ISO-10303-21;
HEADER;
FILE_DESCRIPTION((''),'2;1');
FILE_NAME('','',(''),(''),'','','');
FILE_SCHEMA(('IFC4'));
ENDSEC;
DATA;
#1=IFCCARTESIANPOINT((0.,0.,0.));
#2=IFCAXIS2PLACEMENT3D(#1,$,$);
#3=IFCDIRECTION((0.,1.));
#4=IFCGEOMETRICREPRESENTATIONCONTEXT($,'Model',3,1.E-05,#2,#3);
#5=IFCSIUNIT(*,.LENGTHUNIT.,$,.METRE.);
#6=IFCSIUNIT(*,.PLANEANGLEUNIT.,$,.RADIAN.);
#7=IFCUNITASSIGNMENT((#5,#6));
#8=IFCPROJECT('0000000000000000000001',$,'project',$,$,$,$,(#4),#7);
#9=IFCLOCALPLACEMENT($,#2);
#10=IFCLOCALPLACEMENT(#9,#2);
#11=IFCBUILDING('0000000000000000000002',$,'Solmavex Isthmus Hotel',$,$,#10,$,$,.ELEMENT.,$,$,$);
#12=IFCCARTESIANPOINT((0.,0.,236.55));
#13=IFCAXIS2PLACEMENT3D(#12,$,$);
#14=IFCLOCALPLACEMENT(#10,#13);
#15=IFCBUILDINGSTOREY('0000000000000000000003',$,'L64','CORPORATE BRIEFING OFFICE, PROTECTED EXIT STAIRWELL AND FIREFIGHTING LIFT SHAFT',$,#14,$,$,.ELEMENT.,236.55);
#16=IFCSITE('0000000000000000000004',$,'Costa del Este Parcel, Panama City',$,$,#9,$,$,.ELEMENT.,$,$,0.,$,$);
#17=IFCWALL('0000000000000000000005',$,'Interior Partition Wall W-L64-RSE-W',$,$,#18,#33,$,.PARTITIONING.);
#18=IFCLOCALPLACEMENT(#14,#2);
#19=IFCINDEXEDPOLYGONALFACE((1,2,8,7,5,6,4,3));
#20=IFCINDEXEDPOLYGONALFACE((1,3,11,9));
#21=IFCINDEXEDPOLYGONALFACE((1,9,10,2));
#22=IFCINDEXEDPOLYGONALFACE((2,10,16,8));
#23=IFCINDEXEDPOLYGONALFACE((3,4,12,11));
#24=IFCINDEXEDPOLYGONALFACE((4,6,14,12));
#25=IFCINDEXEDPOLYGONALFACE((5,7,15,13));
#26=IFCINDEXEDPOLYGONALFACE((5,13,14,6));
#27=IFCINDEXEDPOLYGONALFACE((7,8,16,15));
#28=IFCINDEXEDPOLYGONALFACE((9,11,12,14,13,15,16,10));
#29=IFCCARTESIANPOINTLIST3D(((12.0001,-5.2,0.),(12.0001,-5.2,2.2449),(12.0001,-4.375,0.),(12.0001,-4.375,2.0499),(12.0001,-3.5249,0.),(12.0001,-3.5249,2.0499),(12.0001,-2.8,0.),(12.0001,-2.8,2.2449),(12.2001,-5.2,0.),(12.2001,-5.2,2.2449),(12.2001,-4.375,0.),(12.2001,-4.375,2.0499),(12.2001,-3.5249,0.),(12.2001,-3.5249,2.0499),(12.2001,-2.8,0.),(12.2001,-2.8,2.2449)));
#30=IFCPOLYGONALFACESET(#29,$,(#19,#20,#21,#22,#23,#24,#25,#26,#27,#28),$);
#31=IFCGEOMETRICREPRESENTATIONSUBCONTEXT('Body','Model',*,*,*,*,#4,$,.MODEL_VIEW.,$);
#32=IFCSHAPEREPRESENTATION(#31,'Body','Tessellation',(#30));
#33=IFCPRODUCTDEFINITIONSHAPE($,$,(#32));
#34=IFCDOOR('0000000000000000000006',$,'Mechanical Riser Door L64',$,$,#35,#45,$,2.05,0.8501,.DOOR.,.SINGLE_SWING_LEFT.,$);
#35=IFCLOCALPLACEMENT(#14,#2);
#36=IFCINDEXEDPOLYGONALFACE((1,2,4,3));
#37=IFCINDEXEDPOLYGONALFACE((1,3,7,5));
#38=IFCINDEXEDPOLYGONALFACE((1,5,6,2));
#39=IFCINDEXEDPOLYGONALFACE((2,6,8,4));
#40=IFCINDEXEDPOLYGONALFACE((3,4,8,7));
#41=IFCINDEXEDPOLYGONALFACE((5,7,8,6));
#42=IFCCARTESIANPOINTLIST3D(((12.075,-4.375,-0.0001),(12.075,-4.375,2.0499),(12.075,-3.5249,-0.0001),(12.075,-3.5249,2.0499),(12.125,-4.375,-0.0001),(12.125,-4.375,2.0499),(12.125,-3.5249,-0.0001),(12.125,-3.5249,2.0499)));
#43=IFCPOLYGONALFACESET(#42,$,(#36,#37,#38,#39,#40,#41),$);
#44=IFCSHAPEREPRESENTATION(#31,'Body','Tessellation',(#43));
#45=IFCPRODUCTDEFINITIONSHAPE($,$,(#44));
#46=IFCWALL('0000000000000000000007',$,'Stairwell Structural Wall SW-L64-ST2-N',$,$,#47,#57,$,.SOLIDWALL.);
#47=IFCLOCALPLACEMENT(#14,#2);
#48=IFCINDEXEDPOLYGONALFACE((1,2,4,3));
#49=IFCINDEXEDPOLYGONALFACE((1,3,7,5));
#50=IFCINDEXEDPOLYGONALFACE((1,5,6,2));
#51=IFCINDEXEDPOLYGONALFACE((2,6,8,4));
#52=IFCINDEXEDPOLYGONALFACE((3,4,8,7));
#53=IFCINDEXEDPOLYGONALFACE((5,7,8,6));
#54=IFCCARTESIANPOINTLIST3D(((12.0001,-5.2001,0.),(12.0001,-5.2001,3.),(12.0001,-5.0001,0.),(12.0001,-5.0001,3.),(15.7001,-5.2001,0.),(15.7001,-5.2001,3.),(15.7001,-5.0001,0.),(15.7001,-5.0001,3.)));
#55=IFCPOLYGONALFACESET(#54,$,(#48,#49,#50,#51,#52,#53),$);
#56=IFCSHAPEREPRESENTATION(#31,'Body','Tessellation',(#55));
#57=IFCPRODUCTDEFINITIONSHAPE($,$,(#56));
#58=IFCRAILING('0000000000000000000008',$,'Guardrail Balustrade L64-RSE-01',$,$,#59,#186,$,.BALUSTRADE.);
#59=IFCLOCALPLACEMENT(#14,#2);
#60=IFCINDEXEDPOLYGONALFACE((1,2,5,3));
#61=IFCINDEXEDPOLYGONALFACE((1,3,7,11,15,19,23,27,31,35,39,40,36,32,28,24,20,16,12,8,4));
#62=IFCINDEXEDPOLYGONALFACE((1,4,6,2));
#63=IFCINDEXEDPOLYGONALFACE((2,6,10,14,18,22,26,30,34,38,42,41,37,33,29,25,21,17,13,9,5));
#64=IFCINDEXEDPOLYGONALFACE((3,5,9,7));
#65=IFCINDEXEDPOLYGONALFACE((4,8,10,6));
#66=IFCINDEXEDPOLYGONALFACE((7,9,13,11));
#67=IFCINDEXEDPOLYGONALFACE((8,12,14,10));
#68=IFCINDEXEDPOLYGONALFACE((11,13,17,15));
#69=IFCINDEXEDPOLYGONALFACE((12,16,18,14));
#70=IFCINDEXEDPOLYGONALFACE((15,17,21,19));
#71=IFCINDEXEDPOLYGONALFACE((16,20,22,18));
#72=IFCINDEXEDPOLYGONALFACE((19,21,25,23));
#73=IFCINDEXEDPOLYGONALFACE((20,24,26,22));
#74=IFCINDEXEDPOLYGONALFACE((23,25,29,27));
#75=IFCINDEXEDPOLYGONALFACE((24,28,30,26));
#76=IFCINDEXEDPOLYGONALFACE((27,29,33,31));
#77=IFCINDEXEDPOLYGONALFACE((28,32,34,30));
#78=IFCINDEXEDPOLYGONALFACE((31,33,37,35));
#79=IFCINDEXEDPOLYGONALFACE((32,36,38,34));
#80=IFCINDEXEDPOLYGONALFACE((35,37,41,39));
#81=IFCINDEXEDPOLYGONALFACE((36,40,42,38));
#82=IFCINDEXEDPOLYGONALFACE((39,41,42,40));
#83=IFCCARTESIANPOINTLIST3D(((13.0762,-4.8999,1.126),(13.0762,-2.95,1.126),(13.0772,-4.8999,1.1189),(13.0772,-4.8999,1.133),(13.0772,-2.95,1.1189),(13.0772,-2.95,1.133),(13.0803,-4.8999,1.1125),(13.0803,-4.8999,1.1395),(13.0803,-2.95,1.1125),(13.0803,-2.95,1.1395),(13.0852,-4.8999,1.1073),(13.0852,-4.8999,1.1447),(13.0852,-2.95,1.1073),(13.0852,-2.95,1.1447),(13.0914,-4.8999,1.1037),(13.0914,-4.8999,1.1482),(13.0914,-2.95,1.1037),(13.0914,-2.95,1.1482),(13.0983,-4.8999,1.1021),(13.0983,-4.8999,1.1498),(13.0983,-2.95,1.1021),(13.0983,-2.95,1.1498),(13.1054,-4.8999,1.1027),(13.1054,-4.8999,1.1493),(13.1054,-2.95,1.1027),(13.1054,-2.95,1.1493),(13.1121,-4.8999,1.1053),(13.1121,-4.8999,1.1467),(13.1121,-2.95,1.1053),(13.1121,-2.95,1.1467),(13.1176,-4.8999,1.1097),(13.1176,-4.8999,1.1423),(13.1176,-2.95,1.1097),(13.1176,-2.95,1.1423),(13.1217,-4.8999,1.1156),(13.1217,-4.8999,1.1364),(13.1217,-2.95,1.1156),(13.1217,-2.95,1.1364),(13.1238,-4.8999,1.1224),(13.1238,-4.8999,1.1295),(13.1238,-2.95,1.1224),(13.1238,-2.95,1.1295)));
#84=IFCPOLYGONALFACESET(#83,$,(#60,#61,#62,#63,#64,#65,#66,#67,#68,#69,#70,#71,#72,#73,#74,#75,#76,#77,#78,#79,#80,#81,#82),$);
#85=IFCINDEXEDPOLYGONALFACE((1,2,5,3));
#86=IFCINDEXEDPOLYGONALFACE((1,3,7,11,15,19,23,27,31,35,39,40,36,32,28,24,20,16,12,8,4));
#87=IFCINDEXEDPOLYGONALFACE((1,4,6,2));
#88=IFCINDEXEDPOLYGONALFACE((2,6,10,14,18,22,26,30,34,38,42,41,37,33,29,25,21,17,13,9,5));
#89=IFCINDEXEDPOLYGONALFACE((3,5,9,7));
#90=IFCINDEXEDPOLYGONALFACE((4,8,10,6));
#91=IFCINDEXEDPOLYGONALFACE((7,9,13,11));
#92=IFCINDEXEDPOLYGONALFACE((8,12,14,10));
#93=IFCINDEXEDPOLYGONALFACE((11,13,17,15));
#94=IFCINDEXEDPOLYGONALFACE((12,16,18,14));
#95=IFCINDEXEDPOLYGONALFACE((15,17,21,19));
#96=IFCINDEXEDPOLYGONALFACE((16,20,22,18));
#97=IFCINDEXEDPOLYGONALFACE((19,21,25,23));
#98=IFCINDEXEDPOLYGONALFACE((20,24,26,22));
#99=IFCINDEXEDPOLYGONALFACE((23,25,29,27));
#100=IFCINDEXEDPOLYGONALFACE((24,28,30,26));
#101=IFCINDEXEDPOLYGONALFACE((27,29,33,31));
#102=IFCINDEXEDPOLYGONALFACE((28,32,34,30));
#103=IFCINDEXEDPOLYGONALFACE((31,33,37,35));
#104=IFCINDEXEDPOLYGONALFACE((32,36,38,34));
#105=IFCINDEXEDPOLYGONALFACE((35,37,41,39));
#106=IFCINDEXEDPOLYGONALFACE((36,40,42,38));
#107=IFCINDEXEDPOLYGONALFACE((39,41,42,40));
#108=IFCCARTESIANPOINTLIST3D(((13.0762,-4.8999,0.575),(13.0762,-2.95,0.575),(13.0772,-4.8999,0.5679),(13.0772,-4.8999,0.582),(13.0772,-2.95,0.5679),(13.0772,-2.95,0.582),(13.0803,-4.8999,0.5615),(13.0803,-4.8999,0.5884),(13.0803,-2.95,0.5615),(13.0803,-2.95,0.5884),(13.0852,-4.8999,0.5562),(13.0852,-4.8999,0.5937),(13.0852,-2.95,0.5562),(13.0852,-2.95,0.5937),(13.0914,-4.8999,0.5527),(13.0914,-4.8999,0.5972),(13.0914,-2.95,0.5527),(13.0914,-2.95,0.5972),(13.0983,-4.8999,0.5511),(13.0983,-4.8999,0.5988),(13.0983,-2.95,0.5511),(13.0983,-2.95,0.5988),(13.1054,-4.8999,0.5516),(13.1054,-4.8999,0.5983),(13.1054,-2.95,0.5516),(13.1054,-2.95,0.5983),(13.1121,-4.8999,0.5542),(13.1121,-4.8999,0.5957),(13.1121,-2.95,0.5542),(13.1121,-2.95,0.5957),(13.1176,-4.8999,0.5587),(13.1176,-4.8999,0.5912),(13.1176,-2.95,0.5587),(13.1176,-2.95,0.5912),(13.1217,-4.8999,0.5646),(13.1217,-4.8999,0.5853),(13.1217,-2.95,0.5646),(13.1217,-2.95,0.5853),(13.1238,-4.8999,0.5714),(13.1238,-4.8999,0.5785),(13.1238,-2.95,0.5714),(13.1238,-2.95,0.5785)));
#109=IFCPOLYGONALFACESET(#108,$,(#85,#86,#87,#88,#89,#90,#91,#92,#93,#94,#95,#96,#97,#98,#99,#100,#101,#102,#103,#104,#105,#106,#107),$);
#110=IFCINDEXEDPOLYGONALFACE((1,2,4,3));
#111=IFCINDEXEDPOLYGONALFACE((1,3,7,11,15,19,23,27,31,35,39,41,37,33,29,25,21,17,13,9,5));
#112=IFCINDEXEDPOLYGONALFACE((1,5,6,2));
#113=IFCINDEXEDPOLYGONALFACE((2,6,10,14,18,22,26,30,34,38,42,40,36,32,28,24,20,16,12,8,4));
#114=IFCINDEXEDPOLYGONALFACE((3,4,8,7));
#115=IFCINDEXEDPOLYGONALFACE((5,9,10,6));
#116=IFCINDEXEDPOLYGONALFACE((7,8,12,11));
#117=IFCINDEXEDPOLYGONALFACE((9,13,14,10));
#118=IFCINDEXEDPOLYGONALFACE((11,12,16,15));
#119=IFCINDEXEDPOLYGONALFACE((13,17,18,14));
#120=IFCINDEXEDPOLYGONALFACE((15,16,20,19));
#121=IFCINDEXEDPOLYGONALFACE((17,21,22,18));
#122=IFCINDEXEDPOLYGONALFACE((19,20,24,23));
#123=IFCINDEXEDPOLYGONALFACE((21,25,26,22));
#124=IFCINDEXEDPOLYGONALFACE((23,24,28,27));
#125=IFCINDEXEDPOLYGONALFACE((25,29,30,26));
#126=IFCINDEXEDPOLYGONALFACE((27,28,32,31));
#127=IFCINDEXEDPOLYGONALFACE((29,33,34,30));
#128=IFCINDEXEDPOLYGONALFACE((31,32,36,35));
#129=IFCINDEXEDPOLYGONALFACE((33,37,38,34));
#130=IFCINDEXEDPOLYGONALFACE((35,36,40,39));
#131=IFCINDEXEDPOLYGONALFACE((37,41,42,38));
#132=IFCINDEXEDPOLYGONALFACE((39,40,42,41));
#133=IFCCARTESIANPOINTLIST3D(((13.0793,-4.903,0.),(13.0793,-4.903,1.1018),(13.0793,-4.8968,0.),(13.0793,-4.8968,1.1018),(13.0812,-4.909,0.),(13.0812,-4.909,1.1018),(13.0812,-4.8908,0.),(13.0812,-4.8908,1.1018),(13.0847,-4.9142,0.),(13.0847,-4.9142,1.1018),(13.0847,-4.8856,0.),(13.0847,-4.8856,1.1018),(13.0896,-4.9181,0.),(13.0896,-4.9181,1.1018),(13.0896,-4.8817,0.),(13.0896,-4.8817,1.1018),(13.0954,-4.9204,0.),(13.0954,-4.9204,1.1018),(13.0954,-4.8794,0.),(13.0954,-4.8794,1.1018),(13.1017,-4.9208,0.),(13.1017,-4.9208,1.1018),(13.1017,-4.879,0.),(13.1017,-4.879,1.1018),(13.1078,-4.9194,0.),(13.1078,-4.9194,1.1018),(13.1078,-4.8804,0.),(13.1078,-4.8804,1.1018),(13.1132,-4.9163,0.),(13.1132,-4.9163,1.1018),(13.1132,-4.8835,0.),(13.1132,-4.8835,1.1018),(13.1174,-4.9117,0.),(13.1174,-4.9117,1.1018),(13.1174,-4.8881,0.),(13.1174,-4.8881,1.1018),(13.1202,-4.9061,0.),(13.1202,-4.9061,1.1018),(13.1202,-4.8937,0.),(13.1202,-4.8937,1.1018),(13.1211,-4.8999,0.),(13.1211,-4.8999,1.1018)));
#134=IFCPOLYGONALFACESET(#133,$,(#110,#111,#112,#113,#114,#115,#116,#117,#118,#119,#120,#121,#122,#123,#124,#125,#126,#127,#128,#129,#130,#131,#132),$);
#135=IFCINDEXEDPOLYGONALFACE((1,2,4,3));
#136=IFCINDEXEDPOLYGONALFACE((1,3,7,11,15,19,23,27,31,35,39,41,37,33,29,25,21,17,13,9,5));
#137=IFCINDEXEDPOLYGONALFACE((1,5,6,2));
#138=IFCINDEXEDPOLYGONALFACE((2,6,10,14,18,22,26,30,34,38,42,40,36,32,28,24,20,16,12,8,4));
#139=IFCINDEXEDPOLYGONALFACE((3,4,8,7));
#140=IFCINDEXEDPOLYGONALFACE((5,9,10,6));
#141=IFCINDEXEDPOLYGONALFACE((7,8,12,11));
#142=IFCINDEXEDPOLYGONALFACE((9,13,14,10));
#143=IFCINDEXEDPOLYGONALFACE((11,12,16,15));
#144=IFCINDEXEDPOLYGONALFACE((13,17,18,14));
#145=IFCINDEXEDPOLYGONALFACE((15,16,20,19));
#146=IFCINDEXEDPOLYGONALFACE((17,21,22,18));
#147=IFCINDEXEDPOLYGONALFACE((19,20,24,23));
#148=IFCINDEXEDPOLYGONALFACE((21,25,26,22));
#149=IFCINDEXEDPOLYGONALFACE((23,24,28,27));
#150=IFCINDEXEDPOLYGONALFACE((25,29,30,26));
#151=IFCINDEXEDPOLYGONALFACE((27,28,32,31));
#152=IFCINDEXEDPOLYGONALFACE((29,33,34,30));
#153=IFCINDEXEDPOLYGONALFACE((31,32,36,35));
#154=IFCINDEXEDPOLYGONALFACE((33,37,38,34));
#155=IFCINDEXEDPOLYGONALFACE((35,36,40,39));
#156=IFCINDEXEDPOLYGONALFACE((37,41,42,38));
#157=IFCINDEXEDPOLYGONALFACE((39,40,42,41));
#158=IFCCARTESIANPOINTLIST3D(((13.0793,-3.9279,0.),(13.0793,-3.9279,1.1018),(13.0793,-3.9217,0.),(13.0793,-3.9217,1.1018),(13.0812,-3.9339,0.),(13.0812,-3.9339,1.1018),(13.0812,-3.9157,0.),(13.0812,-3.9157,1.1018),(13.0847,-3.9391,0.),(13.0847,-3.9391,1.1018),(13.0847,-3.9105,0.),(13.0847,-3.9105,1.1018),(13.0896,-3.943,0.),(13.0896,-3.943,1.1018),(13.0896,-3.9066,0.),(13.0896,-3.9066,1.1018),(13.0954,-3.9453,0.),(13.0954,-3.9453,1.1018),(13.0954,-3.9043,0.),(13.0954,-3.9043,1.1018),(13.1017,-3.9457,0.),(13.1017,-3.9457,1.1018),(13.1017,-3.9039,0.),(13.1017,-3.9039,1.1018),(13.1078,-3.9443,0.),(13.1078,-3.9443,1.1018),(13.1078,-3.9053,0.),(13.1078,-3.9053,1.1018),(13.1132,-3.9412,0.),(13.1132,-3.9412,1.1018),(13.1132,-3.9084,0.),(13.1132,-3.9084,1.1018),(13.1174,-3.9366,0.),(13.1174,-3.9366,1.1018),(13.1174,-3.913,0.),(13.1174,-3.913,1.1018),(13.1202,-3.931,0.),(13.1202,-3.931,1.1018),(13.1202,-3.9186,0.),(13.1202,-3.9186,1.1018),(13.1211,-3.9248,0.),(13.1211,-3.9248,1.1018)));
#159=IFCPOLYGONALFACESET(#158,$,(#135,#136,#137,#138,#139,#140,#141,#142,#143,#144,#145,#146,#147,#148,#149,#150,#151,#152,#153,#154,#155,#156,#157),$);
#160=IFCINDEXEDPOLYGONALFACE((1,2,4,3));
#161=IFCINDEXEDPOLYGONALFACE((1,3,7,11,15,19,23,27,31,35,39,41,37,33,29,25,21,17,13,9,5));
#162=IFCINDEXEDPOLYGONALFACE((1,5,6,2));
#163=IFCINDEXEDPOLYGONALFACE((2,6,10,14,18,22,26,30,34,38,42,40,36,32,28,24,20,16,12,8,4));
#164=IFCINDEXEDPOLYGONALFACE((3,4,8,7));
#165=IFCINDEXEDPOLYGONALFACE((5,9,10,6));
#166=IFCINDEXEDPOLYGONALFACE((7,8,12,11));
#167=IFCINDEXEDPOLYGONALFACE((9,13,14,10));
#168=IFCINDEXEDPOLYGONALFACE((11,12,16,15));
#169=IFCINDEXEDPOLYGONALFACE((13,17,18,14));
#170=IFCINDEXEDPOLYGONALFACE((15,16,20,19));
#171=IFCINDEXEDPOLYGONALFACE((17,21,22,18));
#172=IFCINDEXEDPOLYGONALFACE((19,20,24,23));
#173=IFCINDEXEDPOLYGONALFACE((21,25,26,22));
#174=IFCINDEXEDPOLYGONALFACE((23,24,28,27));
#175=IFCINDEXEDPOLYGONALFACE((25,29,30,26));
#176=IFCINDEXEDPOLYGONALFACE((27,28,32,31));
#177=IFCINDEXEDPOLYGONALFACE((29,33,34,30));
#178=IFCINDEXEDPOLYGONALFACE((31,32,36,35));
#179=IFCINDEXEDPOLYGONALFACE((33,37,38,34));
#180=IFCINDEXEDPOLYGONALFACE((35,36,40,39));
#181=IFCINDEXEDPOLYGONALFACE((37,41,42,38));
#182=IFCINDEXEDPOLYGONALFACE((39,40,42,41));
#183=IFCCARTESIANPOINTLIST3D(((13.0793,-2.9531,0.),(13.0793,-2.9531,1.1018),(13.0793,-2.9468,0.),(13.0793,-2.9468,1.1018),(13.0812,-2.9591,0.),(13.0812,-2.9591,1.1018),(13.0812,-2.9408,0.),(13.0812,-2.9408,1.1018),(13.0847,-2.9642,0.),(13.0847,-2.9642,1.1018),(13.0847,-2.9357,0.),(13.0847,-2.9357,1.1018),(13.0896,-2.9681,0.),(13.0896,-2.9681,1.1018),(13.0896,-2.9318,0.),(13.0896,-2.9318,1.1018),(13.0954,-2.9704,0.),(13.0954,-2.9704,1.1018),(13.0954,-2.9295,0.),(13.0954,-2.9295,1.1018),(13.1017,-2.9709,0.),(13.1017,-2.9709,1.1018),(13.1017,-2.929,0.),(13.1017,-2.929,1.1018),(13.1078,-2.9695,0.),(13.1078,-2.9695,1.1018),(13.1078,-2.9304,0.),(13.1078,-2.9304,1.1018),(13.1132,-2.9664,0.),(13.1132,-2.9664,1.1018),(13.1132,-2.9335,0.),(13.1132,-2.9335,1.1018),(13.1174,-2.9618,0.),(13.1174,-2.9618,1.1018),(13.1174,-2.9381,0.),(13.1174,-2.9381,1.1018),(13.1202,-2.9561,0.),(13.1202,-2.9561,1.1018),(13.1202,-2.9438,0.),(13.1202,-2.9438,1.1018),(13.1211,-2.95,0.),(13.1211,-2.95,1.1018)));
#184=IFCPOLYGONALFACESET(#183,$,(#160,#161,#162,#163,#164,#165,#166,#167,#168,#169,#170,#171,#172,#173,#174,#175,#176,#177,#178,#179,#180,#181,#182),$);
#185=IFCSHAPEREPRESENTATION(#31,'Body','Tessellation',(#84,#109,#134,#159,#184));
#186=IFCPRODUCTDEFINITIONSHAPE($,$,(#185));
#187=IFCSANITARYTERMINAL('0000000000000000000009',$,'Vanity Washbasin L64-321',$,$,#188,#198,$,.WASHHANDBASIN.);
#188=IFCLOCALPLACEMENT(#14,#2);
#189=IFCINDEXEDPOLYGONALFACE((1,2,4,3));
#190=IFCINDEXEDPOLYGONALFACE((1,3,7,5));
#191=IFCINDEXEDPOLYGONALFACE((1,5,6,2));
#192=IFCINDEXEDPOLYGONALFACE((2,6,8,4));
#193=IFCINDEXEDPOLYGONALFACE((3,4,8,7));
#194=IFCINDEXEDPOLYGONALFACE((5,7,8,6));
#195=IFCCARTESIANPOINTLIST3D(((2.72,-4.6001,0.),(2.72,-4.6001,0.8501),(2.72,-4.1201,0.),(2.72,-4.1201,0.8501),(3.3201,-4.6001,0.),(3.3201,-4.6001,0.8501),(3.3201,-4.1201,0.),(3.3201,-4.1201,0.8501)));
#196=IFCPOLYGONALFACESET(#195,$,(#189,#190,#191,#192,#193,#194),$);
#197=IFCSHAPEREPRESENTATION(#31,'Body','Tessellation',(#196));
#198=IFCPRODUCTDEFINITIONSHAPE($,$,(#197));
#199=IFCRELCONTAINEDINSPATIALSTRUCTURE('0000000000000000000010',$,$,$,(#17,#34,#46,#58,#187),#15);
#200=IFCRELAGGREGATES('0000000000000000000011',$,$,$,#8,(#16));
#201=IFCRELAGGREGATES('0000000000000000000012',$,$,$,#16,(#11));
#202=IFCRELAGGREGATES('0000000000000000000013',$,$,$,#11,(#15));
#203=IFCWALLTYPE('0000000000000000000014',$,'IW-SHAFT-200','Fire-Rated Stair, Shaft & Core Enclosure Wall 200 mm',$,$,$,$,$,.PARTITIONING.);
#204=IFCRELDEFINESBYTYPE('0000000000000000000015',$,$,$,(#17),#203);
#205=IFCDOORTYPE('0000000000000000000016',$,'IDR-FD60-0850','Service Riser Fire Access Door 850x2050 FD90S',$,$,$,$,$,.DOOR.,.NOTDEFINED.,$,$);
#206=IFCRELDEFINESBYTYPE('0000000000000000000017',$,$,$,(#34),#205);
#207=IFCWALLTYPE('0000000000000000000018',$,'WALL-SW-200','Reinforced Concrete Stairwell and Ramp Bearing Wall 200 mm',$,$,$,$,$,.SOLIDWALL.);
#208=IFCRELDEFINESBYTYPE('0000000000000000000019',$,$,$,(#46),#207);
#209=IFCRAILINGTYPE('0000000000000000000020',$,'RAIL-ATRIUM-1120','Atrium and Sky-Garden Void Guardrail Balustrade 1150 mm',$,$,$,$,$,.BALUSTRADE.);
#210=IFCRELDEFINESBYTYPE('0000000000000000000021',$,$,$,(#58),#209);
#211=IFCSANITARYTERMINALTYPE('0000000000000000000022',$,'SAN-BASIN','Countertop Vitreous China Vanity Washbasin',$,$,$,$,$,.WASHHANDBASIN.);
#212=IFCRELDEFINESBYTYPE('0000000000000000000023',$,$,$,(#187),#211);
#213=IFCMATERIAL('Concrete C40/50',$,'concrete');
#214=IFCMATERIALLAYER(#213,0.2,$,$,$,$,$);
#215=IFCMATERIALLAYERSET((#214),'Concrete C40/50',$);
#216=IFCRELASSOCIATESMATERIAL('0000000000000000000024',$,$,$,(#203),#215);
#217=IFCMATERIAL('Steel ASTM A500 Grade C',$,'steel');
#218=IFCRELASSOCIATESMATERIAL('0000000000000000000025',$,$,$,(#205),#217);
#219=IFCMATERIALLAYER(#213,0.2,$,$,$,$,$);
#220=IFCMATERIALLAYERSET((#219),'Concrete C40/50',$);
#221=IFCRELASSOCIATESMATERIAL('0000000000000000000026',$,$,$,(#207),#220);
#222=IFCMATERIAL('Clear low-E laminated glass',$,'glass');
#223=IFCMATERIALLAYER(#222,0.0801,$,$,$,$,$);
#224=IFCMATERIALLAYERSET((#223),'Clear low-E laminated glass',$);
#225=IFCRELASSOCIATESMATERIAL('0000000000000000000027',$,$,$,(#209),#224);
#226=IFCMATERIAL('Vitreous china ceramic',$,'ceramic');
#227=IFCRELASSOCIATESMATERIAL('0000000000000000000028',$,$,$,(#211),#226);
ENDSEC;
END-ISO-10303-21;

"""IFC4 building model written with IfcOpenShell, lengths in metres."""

from ifc_helpers import new_model, si_unit, direction, frame, frame_2d, origin, origin_2d, place, context, subcontext, project, spatial, rectangle, circle, extrude, material, layer, layer_set, type_object, element, fill, save


model = new_model("IFC4")

# Units and contexts
model_context = context("Model", 3, precision=1e-05, world=origin(), true_north=direction((0.0, 1.0)))
body_context = subcontext(model_context, "Body", "Model", "MODEL_VIEW")
ifc_project = project(units=[si_unit("LENGTHUNIT", "METRE"), si_unit("PLANEANGLEUNIT", "RADIAN")], contexts=[model_context])

# Site, building, storey
site_placement = place(None, origin())
site = spatial("IfcSite", under=ifc_project, at=site_placement, Name="Costa del Este Parcel, Panama City", CompositionType="ELEMENT", RefElevation=0.0)
building_placement = place(site_placement, origin())
building = spatial("IfcBuilding", under=site, at=building_placement, Name="Solmavex Isthmus Hotel", CompositionType="ELEMENT")
storey_placement = place(building_placement, frame((0.0, 0.0, 236.55)))
storey = spatial("IfcBuildingStorey", under=building, at=storey_placement, Name="L64", Description="CORPORATE BRIEFING OFFICE, PROTECTED EXIT STAIRWELL AND FIREFIGHTING LIFT SHAFT", CompositionType="ELEMENT", Elevation=236.55)

# Wall, opening, door
ifc_material_1 = material(Name="Concrete C40/50", Category="concrete")
ifc_layer_1 = layer(ifc_material_1, 0.2)
ifc_layer_set_1 = layer_set([ifc_layer_1], Name="Concrete C40/50")
wall_type_1 = type_object("IfcWallType", Name="IW-SHAFT-200", Description="Fire-Rated Stair, Shaft & Core Enclosure Wall 200 mm", PredefinedType="PARTITIONING", material=ifc_layer_set_1)
wall_1_placement = place(storey_placement, frame((12.1001, -5.2, 0.0), z_axis=(0.0, 0.0, 1.0), x_axis=(0.0, 1.0, 0.0)))
wall_1 = element("IfcWall", 1, at=wall_1_placement, inside=storey, type_object=wall_type_1, Name="Interior Partition Wall W-L64-RSE-W", PredefinedType="PARTITIONING", context=body_context, shape_type="SweptSolid", body=[
    extrude(rectangle(XDim=2.3999, YDim=0.2, at=frame_2d((1.2, 0.0))), origin(), (0.0, 0.0, 1.0), 2.2449),
])
opening_1_placement = place(wall_1_placement, frame((0.825, 0.0, 0.0)))
opening_1 = element("IfcOpeningElement", 2, at=opening_1_placement, cuts=wall_1, PredefinedType="OPENING", context=body_context, shape_type="SweptSolid", body=[
    extrude(rectangle(XDim=0.8501, YDim=2.05, at=frame_2d((0.425, 1.0249))), frame((0.0, 0.1099, 0.0), z_axis=(0.0, -1.0, 0.0), x_axis=(1.0, 0.0, 0.0)), (0.0, 0.0, 1.0), 0.22),
])
ifc_material_2 = material(Name="Steel ASTM A500 Grade C", Category="steel")
door_type_1 = type_object("IfcDoorType", Name="IDR-FD60-0850", Description="Service Riser Fire Access Door 850x2050 FD90S", OperationType="NOTDEFINED", PredefinedType="DOOR", material=ifc_material_2)
door_1_placement = place(opening_1_placement, frame((0.8501, 0.0, 0.0), z_axis=(0.0, 0.0, 1.0), x_axis=(-1.0, 0.0, 0.0)))
door_1 = element("IfcDoor", 3, at=door_1_placement, inside=storey, type_object=door_type_1, Name="Mechanical Riser Door L64", OperationType="SINGLE_SWING_LEFT", OverallHeight=2.05, OverallWidth=0.8501, PredefinedType="DOOR", context=body_context, shape_type="SweptSolid", body=[
    extrude(rectangle(XDim=0.8501, YDim=2.05, at=frame_2d((0.425, 1.0249))), frame((0.0, 0.0249, 0.0), z_axis=(0.0, -1.0, 0.0), x_axis=(1.0, 0.0, 0.0)), (0.0, 0.0, 1.0), 0.05),
])
fill(opening_1, door_1)

# Wall
ifc_layer_2 = layer(ifc_material_1, 0.2)
ifc_layer_set_2 = layer_set([ifc_layer_2], Name="Concrete C40/50")
wall_type_2 = type_object("IfcWallType", Name="WALL-SW-200", Description="Reinforced Concrete Stairwell and Ramp Bearing Wall 200 mm", PredefinedType="SOLIDWALL", material=ifc_layer_set_2)
wall_2_placement = place(storey_placement, frame((12.0, -5.1001, 0.0), z_axis=(0.0, 0.0, 1.0), x_axis=(1.0, 0.0, 0.0)))
element("IfcWall", 4, at=wall_2_placement, inside=storey, type_object=wall_type_2, Name="Stairwell Structural Wall SW-L64-ST2-N", PredefinedType="SOLIDWALL", context=body_context, shape_type="SweptSolid", body=[
    extrude(rectangle(XDim=3.7, YDim=0.2, at=frame_2d((1.8501, 0.0))), origin(), (0.0, 0.0, 1.0), 3.0),
])

# Railing
ifc_material_3 = material(Name="Clear low-E laminated glass", Category="glass")
ifc_layer_3 = layer(ifc_material_3, 0.0801)
ifc_layer_set_3 = layer_set([ifc_layer_3], Name="Clear low-E laminated glass")
railing_type = type_object("IfcRailingType", Name="RAIL-ATRIUM-1120", Description="Atrium and Sky-Garden Void Guardrail Balustrade 1150 mm", PredefinedType="BALUSTRADE", material=ifc_layer_set_3)
railing_placement = place(storey_placement, frame((13.1001, -4.8999, 0.0)))
element("IfcRailing", 5, at=railing_placement, inside=storey, type_object=railing_type, Name="Guardrail Balustrade L64-RSE-01", PredefinedType="BALUSTRADE", context=body_context, shape_type="SweptSolid", body=[
    extrude(circle(Radius=0.0239, at=origin_2d()), frame((0.0, 0.0, 1.126), z_axis=(0.0, 1.0, 0.0), x_axis=(-1.0, 0.0, 0.0)), (0.0, 0.0, 1.0), 1.95),
    extrude(circle(Radius=0.0239, at=origin_2d()), frame((0.0, 0.0, 0.575), z_axis=(0.0, 1.0, 0.0), x_axis=(-1.0, 0.0, 0.0)), (0.0, 0.0, 1.0), 1.95),
    extrude(circle(Radius=0.021, at=origin_2d()), origin(), (0.0, 0.0, 1.0), 1.1018),
    extrude(circle(Radius=0.021, at=origin_2d()), frame((0.0, 0.9751, 0.0)), (0.0, 0.0, 1.0), 1.1018),
    extrude(circle(Radius=0.021, at=origin_2d()), frame((0.0, 1.95, 0.0)), (0.0, 0.0, 1.0), 1.1018),
])

# Sanitary terminal
ifc_material_4 = material(Name="Vitreous china ceramic", Category="ceramic")
sanitary_terminal_type = type_object("IfcSanitaryTerminalType", Name="SAN-BASIN", Description="Countertop Vitreous China Vanity Washbasin", PredefinedType="WASHHANDBASIN", material=ifc_material_4)
sanitary_terminal_placement = place(storey_placement, frame((3.02, -4.3601, 0.0), z_axis=(0.0, 0.0, 1.0), x_axis=(1.0, 0.0, 0.0)))
element("IfcSanitaryTerminal", 6, at=sanitary_terminal_placement, inside=storey, type_object=sanitary_terminal_type, Name="Vanity Washbasin L64-321", PredefinedType="WASHHANDBASIN", context=body_context, shape_type="SweptSolid", body=[
    extrude(rectangle(XDim=0.6001, YDim=0.48, at=origin_2d()), origin(), (0.0, 0.0, 1.0), 0.8501),
])

save(model, "model.ifc")
